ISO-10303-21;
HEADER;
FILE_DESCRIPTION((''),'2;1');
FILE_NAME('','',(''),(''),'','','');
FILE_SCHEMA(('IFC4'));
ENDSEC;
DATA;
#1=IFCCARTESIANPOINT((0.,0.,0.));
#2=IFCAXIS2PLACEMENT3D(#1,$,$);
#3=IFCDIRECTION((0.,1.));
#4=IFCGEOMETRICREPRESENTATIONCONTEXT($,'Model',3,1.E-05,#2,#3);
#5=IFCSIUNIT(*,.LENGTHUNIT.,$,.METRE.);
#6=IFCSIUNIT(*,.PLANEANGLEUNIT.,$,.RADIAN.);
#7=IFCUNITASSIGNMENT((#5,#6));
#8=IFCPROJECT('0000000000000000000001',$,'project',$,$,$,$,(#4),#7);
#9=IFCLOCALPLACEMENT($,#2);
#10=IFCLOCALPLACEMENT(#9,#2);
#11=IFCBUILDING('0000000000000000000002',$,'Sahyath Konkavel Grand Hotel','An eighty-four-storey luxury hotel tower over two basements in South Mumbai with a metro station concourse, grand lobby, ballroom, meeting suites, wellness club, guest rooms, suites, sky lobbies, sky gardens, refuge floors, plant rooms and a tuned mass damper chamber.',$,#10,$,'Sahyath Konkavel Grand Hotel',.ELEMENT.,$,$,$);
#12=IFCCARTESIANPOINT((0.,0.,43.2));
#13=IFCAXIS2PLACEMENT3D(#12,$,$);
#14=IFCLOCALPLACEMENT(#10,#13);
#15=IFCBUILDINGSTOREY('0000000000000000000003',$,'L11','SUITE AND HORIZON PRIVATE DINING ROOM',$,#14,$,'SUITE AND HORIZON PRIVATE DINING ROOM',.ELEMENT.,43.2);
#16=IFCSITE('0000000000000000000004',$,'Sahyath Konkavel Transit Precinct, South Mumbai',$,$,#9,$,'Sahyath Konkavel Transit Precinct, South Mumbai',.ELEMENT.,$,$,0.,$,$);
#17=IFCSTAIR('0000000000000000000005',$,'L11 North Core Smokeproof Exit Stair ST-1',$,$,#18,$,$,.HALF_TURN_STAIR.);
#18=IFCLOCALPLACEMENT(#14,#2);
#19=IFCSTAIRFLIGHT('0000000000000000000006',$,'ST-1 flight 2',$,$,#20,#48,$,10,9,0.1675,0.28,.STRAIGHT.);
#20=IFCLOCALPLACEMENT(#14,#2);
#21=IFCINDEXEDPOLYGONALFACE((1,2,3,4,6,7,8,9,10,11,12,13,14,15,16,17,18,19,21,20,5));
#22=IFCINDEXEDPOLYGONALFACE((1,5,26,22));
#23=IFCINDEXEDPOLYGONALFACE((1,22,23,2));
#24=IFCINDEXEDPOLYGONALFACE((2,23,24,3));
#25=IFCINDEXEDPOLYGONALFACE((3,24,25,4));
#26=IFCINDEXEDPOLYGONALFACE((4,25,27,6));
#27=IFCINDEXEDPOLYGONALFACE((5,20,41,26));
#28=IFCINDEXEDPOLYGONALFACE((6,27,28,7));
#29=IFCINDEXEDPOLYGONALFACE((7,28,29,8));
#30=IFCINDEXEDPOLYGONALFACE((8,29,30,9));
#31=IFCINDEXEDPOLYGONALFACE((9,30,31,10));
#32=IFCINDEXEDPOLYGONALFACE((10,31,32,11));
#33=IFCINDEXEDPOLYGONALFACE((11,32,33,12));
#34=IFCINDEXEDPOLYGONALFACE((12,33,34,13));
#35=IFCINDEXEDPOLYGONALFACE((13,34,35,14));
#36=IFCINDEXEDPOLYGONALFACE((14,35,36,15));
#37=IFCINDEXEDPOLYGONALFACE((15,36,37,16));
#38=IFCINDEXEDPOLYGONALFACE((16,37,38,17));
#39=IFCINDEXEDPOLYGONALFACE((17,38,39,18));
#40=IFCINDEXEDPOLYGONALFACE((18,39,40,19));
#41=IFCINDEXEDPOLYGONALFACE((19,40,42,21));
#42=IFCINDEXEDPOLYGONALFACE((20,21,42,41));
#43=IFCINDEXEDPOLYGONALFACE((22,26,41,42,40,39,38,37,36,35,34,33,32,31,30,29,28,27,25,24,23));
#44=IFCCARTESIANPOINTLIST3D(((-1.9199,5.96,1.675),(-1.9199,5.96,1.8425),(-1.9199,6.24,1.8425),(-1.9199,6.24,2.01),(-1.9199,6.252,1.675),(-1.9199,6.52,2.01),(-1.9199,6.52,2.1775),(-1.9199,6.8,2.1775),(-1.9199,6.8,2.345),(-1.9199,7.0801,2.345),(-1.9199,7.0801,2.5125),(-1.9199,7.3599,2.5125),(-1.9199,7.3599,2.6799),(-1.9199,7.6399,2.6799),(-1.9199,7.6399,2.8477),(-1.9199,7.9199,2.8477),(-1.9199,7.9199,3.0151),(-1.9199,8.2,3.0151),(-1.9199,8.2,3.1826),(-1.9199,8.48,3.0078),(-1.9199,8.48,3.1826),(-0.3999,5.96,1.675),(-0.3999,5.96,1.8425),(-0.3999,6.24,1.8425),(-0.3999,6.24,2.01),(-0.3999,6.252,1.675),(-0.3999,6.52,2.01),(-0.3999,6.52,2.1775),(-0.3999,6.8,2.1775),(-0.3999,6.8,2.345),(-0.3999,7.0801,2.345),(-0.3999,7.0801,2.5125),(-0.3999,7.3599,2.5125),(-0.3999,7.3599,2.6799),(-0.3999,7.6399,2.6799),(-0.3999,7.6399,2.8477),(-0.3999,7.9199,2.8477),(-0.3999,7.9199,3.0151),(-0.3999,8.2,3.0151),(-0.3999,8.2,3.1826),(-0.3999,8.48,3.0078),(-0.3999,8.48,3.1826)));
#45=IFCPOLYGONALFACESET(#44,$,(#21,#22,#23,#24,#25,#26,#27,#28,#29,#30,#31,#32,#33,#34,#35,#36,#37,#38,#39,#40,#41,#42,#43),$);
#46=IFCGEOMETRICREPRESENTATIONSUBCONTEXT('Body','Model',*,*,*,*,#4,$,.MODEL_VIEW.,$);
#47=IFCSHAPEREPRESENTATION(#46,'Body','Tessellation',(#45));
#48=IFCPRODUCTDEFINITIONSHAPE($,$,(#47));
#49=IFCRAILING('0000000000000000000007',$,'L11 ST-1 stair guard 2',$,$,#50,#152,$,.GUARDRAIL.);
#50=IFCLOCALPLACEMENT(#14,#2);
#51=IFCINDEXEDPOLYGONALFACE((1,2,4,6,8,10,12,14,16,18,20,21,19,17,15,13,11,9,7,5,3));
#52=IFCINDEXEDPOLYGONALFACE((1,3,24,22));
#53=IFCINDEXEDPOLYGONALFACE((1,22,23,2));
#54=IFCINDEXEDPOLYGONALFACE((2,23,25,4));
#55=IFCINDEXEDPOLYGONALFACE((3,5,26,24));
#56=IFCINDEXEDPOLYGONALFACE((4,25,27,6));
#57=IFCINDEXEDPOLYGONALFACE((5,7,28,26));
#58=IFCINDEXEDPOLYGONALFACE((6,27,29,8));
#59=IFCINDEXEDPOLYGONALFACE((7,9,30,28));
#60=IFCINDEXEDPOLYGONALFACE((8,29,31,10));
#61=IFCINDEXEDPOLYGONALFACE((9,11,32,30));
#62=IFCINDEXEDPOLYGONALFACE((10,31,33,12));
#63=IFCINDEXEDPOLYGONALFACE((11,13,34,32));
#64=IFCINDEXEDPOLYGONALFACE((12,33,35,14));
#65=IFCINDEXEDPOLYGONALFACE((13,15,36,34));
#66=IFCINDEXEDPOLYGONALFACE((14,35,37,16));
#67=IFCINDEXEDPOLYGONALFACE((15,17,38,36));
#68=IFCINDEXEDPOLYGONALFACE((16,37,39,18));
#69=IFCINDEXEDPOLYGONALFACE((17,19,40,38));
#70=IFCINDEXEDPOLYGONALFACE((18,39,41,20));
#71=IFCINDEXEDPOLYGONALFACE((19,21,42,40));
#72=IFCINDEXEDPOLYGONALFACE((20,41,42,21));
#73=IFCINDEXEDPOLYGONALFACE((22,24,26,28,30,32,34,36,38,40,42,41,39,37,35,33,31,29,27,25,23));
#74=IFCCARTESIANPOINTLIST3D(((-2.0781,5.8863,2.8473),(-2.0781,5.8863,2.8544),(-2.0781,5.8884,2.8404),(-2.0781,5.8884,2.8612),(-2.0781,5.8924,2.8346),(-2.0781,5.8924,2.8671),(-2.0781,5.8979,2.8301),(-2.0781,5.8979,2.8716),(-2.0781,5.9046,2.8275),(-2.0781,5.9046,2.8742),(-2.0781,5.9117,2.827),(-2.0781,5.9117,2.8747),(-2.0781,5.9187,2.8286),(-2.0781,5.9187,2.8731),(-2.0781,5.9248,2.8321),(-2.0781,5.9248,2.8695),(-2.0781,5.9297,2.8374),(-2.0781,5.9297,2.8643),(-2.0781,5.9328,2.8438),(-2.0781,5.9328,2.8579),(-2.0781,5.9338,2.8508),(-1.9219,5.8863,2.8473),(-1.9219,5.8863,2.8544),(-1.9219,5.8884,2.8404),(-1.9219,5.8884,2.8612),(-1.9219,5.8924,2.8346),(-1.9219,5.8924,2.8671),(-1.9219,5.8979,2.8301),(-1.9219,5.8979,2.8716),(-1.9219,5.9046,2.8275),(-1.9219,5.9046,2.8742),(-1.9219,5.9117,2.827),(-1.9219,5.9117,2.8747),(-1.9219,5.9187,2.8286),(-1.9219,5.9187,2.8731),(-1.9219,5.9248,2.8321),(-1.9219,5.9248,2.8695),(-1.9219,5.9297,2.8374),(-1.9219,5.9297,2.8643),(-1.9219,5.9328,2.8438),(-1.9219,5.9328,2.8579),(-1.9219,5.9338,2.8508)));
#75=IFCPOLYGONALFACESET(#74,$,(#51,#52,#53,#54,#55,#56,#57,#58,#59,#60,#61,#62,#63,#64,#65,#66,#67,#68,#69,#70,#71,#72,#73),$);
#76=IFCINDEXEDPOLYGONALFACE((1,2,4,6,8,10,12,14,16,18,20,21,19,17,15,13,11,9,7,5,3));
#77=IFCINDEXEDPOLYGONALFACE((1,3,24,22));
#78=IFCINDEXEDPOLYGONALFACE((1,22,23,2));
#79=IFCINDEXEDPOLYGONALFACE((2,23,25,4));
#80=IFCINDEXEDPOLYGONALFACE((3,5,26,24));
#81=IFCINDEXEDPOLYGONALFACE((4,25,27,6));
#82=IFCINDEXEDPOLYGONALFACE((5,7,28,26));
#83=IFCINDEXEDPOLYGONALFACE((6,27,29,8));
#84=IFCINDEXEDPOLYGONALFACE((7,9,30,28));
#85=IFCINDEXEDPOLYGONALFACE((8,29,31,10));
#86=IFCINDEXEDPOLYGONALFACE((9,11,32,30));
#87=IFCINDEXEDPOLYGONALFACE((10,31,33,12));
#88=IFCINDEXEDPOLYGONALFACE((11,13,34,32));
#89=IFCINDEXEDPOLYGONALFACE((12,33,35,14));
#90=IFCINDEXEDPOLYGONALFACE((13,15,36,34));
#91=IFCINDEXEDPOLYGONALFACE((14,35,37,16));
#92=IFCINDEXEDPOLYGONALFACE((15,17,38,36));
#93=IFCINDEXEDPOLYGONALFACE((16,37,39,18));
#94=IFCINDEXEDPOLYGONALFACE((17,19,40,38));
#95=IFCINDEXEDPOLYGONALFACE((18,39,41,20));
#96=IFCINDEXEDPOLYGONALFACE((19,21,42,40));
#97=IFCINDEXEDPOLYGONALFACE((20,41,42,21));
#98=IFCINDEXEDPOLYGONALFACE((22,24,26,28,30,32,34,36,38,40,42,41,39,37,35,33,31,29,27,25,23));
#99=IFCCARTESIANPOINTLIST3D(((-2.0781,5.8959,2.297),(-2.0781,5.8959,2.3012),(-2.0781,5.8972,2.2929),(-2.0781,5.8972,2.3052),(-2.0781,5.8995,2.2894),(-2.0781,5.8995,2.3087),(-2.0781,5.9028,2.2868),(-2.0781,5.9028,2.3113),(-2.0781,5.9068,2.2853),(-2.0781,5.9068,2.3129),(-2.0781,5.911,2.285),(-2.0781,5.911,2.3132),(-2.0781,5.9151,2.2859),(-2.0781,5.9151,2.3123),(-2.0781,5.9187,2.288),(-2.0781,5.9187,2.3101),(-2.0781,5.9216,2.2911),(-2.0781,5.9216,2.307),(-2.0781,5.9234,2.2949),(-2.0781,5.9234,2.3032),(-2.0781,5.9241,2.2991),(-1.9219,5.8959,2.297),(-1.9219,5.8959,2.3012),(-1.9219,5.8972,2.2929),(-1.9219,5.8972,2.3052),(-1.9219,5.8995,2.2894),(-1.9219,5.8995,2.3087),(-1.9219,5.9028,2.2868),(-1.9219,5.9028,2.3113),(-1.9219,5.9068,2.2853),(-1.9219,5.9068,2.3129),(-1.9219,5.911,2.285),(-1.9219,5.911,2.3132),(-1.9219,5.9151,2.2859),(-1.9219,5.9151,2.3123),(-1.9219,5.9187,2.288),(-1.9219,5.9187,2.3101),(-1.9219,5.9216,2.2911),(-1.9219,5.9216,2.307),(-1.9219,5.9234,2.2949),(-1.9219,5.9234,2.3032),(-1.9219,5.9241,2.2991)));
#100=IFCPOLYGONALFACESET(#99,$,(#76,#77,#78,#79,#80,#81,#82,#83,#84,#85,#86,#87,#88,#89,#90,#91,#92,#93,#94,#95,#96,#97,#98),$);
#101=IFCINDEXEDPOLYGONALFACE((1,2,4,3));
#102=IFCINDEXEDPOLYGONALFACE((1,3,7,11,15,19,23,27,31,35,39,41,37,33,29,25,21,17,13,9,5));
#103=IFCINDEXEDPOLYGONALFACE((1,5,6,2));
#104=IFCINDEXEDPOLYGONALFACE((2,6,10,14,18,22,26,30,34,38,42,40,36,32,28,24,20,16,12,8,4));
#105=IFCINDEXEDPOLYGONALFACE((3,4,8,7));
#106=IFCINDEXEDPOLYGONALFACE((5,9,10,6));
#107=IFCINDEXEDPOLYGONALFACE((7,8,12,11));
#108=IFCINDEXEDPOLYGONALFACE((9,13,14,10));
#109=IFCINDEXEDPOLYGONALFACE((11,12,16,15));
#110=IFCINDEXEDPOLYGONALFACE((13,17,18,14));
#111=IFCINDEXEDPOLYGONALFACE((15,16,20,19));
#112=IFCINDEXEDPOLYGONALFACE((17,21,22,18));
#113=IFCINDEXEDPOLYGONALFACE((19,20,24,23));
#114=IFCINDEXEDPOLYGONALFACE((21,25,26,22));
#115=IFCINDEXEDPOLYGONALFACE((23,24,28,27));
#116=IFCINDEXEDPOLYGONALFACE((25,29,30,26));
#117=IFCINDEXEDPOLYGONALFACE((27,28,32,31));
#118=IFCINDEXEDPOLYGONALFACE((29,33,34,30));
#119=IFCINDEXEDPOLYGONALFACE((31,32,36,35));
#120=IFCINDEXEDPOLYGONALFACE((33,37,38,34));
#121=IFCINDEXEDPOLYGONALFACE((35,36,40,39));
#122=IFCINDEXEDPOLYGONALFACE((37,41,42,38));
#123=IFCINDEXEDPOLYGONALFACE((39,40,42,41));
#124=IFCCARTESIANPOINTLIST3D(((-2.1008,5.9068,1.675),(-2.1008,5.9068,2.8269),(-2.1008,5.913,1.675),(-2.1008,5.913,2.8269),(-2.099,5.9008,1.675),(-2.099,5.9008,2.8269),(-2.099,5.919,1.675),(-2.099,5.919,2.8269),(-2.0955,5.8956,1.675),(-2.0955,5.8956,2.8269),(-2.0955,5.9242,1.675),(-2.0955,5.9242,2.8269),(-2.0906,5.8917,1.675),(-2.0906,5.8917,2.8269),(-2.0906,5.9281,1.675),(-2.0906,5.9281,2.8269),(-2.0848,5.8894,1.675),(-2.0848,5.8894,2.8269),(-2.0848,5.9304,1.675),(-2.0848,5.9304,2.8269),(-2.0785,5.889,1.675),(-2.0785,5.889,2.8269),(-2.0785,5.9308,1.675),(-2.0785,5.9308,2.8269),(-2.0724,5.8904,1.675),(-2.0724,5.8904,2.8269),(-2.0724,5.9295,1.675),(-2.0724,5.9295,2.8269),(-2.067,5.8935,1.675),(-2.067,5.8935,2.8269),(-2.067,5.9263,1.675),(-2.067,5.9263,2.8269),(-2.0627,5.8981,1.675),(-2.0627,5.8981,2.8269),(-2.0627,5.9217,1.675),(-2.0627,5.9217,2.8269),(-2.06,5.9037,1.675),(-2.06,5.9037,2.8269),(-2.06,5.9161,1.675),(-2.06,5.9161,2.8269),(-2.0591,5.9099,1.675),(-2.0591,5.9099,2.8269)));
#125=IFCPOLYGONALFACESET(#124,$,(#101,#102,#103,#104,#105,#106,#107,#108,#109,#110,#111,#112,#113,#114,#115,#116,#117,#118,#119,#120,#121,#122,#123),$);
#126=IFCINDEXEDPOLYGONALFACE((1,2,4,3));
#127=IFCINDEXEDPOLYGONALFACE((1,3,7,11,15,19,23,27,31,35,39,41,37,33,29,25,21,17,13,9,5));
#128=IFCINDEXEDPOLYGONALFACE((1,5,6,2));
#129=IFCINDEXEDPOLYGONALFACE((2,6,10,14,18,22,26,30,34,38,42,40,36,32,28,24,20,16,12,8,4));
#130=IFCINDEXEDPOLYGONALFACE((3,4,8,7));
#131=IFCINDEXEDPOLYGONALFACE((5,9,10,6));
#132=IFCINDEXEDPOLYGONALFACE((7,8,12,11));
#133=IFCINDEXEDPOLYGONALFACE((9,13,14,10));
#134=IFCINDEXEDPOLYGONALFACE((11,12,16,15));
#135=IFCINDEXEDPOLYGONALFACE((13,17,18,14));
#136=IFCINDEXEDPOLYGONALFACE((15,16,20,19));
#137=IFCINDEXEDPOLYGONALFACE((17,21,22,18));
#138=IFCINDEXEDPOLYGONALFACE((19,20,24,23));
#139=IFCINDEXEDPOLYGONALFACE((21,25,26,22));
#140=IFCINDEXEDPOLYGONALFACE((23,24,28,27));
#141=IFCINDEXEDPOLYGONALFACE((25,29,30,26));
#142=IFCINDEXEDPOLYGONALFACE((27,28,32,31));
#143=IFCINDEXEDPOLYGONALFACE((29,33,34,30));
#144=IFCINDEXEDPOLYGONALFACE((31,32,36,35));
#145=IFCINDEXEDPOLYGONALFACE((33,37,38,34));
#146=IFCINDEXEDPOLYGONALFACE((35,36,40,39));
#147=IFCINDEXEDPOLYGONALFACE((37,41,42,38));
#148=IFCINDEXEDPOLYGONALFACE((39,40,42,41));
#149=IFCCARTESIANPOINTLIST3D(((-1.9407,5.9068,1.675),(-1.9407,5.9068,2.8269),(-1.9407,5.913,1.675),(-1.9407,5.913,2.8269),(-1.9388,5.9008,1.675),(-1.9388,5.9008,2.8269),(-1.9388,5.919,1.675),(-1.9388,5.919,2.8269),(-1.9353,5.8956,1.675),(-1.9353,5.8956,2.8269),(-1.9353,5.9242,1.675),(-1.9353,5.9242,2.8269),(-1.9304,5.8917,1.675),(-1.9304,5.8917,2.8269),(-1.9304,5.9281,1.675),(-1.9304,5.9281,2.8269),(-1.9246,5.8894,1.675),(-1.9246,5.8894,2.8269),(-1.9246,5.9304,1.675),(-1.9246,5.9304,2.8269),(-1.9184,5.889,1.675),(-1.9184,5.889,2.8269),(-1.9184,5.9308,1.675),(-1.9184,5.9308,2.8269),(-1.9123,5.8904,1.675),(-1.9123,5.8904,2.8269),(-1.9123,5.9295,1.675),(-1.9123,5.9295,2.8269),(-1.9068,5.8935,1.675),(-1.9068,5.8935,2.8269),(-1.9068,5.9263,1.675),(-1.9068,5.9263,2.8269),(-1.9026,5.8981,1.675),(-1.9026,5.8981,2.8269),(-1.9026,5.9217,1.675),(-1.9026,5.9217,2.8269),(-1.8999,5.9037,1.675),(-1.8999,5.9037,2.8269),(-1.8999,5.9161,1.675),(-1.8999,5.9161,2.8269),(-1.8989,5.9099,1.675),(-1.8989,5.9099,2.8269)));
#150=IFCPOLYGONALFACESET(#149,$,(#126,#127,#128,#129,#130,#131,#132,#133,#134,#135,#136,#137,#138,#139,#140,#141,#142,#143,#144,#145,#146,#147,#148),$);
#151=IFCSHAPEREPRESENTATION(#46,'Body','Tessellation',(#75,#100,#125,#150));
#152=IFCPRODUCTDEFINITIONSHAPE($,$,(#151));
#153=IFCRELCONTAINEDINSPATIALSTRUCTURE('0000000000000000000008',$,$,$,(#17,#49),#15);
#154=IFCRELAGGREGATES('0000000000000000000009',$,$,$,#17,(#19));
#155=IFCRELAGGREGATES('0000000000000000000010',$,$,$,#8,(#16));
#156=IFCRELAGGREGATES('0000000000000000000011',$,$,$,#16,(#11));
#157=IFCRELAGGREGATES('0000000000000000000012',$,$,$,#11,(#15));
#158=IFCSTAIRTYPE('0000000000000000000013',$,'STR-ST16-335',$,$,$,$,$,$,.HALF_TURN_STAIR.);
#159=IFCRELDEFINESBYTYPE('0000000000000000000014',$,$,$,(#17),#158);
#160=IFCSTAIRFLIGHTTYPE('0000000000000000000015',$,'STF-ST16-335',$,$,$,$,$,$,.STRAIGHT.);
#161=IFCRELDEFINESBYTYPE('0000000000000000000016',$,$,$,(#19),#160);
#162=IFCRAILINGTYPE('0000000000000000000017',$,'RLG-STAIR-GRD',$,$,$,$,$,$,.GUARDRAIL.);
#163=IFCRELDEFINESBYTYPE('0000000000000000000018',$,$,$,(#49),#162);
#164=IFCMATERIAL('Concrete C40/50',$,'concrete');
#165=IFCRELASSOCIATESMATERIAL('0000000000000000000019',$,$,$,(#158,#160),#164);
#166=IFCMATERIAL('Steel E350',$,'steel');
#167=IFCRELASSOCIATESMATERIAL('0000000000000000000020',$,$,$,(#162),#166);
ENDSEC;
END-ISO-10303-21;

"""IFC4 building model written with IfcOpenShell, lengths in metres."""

from ifc_helpers import new_model, si_unit, direction, frame, origin, origin_2d, place, context, subcontext, project, spatial, polyline, circle, outline, extrude, material, type_object, element, aggregate, save


model = new_model("IFC4")

# Units and contexts
model_context = context("Model", 3, precision=1e-05, world=origin(), true_north=direction((0.0, 1.0)))
body_context = subcontext(model_context, "Body", "Model", "MODEL_VIEW")
ifc_project = project(units=[si_unit("LENGTHUNIT", "METRE"), si_unit("PLANEANGLEUNIT", "RADIAN")], contexts=[model_context])

# Site, building, storey
site_placement = place(None, origin())
site = spatial("IfcSite", under=ifc_project, at=site_placement, Name="Sahyath Konkavel Transit Precinct, South Mumbai", LongName="Sahyath Konkavel Transit Precinct, South Mumbai", CompositionType="ELEMENT", RefElevation=0.0)
building_placement = place(site_placement, origin())
building = spatial("IfcBuilding", under=site, at=building_placement, Name="Sahyath Konkavel Grand Hotel", Description="An eighty-four-storey luxury hotel tower over two basements in South Mumbai with a metro station concourse, grand lobby, ballroom, meeting suites, wellness club, guest rooms, suites, sky lobbies, sky gardens, refuge floors, plant rooms and a tuned mass damper chamber.", LongName="Sahyath Konkavel Grand Hotel", CompositionType="ELEMENT")
storey_placement = place(building_placement, frame((0.0, 0.0, 43.2)))
storey = spatial("IfcBuildingStorey", under=building, at=storey_placement, Name="L11", Description="SUITE AND HORIZON PRIVATE DINING ROOM", LongName="SUITE AND HORIZON PRIVATE DINING ROOM", CompositionType="ELEMENT", Elevation=43.2)

# Shared definitions
ifc_material_1 = material(Name="Steel E350", Category="steel")

# Shared definitions
ifc_material_2 = material(Name="Concrete C40/50", Category="concrete")

# Stair, stair flight
stair_type = type_object("IfcStairType", Name="STR-ST16-335", PredefinedType="HALF_TURN_STAIR", material=ifc_material_2)
stair_placement = place(storey_placement, origin())
stair = element("IfcStair", 1, at=stair_placement, inside=storey, type_object=stair_type, Name="L11 North Core Smokeproof Exit Stair ST-1", PredefinedType="HALF_TURN_STAIR")
stair_flight_type = type_object("IfcStairFlightType", Name="STF-ST16-335", PredefinedType="STRAIGHT", material=ifc_material_2)
stair_flight_placement = place(storey_placement, frame((-1.1599, 5.96, 1.675), z_axis=(0.0, 0.0, 1.0), x_axis=(0.0, 1.0, 0.0)))
stair_flight = element("IfcStairFlight", 2, at=stair_flight_placement, type_object=stair_flight_type, Name="ST-1 flight 2", NumberOfRisers=10, NumberOfTreads=9, PredefinedType="STRAIGHT", RiserHeight=0.1675, TreadLength=0.28, context=body_context, shape_type="SweptSolid", body=[
    extrude(outline(polyline([(0.0, 0.0), (0.0, 0.1675), (0.28, 0.1675), (0.28, 0.335), (0.5601, 0.335), (0.5601, 0.5024), (0.8401, 0.5024), (0.8401, 0.6699), (1.1201, 0.6699), (1.1201, 0.8374), (1.3999, 0.8374), (1.3999, 1.0049), (1.6799, 1.0049), (1.6799, 1.1726), (1.96, 1.1726), (1.96, 1.3401), (2.24, 1.3401), (2.24, 1.5076), (2.52, 1.5076), (2.52, 1.675), (2.52, 1.3328), (0.292, 0.0), (0.0, 0.0)])), frame((0.0, 0.76, 0.0), z_axis=(0.0, -1.0, 0.0), x_axis=(1.0, 0.0, 0.0)), (0.0, 0.0, 1.0), 1.52),
])
aggregate(stair, [stair_flight])

# Railing
railing_type_1 = type_object("IfcRailingType", Name="RLG-STAIR-GRD", PredefinedType="GUARDRAIL", material=ifc_material_1)
railing_1_placement = place(storey_placement, frame((-2.0801, 5.9099, 1.675)))
element("IfcRailing", 3, at=railing_1_placement, inside=storey, type_object=railing_type_1, Name="L11 ST-1 stair guard 2", PredefinedType="GUARDRAIL", context=body_context, shape_type="SweptSolid", body=[
    extrude(circle(Radius=0.0239, at=origin_2d()), frame((0.002, 0.0, 1.1758), z_axis=(1.0, 0.0, 0.0), x_axis=(0.0, 1.0, 0.0)), (0.0, 0.0, 1.0), 0.1562),
    extrude(circle(Radius=0.0142, at=origin_2d()), frame((0.002, 0.0, 0.624), z_axis=(1.0, 0.0, 0.0), x_axis=(0.0, 1.0, 0.0)), (0.0, 0.0, 1.0), 0.1562),
    extrude(circle(Radius=0.021, at=origin_2d()), origin(), (0.0, 0.0, 1.0), 1.1519),
    extrude(circle(Radius=0.021, at=origin_2d()), frame((0.1602, 0.0, 0.0)), (0.0, 0.0, 1.0), 1.1519),
])

save(model, "model.ifc")
